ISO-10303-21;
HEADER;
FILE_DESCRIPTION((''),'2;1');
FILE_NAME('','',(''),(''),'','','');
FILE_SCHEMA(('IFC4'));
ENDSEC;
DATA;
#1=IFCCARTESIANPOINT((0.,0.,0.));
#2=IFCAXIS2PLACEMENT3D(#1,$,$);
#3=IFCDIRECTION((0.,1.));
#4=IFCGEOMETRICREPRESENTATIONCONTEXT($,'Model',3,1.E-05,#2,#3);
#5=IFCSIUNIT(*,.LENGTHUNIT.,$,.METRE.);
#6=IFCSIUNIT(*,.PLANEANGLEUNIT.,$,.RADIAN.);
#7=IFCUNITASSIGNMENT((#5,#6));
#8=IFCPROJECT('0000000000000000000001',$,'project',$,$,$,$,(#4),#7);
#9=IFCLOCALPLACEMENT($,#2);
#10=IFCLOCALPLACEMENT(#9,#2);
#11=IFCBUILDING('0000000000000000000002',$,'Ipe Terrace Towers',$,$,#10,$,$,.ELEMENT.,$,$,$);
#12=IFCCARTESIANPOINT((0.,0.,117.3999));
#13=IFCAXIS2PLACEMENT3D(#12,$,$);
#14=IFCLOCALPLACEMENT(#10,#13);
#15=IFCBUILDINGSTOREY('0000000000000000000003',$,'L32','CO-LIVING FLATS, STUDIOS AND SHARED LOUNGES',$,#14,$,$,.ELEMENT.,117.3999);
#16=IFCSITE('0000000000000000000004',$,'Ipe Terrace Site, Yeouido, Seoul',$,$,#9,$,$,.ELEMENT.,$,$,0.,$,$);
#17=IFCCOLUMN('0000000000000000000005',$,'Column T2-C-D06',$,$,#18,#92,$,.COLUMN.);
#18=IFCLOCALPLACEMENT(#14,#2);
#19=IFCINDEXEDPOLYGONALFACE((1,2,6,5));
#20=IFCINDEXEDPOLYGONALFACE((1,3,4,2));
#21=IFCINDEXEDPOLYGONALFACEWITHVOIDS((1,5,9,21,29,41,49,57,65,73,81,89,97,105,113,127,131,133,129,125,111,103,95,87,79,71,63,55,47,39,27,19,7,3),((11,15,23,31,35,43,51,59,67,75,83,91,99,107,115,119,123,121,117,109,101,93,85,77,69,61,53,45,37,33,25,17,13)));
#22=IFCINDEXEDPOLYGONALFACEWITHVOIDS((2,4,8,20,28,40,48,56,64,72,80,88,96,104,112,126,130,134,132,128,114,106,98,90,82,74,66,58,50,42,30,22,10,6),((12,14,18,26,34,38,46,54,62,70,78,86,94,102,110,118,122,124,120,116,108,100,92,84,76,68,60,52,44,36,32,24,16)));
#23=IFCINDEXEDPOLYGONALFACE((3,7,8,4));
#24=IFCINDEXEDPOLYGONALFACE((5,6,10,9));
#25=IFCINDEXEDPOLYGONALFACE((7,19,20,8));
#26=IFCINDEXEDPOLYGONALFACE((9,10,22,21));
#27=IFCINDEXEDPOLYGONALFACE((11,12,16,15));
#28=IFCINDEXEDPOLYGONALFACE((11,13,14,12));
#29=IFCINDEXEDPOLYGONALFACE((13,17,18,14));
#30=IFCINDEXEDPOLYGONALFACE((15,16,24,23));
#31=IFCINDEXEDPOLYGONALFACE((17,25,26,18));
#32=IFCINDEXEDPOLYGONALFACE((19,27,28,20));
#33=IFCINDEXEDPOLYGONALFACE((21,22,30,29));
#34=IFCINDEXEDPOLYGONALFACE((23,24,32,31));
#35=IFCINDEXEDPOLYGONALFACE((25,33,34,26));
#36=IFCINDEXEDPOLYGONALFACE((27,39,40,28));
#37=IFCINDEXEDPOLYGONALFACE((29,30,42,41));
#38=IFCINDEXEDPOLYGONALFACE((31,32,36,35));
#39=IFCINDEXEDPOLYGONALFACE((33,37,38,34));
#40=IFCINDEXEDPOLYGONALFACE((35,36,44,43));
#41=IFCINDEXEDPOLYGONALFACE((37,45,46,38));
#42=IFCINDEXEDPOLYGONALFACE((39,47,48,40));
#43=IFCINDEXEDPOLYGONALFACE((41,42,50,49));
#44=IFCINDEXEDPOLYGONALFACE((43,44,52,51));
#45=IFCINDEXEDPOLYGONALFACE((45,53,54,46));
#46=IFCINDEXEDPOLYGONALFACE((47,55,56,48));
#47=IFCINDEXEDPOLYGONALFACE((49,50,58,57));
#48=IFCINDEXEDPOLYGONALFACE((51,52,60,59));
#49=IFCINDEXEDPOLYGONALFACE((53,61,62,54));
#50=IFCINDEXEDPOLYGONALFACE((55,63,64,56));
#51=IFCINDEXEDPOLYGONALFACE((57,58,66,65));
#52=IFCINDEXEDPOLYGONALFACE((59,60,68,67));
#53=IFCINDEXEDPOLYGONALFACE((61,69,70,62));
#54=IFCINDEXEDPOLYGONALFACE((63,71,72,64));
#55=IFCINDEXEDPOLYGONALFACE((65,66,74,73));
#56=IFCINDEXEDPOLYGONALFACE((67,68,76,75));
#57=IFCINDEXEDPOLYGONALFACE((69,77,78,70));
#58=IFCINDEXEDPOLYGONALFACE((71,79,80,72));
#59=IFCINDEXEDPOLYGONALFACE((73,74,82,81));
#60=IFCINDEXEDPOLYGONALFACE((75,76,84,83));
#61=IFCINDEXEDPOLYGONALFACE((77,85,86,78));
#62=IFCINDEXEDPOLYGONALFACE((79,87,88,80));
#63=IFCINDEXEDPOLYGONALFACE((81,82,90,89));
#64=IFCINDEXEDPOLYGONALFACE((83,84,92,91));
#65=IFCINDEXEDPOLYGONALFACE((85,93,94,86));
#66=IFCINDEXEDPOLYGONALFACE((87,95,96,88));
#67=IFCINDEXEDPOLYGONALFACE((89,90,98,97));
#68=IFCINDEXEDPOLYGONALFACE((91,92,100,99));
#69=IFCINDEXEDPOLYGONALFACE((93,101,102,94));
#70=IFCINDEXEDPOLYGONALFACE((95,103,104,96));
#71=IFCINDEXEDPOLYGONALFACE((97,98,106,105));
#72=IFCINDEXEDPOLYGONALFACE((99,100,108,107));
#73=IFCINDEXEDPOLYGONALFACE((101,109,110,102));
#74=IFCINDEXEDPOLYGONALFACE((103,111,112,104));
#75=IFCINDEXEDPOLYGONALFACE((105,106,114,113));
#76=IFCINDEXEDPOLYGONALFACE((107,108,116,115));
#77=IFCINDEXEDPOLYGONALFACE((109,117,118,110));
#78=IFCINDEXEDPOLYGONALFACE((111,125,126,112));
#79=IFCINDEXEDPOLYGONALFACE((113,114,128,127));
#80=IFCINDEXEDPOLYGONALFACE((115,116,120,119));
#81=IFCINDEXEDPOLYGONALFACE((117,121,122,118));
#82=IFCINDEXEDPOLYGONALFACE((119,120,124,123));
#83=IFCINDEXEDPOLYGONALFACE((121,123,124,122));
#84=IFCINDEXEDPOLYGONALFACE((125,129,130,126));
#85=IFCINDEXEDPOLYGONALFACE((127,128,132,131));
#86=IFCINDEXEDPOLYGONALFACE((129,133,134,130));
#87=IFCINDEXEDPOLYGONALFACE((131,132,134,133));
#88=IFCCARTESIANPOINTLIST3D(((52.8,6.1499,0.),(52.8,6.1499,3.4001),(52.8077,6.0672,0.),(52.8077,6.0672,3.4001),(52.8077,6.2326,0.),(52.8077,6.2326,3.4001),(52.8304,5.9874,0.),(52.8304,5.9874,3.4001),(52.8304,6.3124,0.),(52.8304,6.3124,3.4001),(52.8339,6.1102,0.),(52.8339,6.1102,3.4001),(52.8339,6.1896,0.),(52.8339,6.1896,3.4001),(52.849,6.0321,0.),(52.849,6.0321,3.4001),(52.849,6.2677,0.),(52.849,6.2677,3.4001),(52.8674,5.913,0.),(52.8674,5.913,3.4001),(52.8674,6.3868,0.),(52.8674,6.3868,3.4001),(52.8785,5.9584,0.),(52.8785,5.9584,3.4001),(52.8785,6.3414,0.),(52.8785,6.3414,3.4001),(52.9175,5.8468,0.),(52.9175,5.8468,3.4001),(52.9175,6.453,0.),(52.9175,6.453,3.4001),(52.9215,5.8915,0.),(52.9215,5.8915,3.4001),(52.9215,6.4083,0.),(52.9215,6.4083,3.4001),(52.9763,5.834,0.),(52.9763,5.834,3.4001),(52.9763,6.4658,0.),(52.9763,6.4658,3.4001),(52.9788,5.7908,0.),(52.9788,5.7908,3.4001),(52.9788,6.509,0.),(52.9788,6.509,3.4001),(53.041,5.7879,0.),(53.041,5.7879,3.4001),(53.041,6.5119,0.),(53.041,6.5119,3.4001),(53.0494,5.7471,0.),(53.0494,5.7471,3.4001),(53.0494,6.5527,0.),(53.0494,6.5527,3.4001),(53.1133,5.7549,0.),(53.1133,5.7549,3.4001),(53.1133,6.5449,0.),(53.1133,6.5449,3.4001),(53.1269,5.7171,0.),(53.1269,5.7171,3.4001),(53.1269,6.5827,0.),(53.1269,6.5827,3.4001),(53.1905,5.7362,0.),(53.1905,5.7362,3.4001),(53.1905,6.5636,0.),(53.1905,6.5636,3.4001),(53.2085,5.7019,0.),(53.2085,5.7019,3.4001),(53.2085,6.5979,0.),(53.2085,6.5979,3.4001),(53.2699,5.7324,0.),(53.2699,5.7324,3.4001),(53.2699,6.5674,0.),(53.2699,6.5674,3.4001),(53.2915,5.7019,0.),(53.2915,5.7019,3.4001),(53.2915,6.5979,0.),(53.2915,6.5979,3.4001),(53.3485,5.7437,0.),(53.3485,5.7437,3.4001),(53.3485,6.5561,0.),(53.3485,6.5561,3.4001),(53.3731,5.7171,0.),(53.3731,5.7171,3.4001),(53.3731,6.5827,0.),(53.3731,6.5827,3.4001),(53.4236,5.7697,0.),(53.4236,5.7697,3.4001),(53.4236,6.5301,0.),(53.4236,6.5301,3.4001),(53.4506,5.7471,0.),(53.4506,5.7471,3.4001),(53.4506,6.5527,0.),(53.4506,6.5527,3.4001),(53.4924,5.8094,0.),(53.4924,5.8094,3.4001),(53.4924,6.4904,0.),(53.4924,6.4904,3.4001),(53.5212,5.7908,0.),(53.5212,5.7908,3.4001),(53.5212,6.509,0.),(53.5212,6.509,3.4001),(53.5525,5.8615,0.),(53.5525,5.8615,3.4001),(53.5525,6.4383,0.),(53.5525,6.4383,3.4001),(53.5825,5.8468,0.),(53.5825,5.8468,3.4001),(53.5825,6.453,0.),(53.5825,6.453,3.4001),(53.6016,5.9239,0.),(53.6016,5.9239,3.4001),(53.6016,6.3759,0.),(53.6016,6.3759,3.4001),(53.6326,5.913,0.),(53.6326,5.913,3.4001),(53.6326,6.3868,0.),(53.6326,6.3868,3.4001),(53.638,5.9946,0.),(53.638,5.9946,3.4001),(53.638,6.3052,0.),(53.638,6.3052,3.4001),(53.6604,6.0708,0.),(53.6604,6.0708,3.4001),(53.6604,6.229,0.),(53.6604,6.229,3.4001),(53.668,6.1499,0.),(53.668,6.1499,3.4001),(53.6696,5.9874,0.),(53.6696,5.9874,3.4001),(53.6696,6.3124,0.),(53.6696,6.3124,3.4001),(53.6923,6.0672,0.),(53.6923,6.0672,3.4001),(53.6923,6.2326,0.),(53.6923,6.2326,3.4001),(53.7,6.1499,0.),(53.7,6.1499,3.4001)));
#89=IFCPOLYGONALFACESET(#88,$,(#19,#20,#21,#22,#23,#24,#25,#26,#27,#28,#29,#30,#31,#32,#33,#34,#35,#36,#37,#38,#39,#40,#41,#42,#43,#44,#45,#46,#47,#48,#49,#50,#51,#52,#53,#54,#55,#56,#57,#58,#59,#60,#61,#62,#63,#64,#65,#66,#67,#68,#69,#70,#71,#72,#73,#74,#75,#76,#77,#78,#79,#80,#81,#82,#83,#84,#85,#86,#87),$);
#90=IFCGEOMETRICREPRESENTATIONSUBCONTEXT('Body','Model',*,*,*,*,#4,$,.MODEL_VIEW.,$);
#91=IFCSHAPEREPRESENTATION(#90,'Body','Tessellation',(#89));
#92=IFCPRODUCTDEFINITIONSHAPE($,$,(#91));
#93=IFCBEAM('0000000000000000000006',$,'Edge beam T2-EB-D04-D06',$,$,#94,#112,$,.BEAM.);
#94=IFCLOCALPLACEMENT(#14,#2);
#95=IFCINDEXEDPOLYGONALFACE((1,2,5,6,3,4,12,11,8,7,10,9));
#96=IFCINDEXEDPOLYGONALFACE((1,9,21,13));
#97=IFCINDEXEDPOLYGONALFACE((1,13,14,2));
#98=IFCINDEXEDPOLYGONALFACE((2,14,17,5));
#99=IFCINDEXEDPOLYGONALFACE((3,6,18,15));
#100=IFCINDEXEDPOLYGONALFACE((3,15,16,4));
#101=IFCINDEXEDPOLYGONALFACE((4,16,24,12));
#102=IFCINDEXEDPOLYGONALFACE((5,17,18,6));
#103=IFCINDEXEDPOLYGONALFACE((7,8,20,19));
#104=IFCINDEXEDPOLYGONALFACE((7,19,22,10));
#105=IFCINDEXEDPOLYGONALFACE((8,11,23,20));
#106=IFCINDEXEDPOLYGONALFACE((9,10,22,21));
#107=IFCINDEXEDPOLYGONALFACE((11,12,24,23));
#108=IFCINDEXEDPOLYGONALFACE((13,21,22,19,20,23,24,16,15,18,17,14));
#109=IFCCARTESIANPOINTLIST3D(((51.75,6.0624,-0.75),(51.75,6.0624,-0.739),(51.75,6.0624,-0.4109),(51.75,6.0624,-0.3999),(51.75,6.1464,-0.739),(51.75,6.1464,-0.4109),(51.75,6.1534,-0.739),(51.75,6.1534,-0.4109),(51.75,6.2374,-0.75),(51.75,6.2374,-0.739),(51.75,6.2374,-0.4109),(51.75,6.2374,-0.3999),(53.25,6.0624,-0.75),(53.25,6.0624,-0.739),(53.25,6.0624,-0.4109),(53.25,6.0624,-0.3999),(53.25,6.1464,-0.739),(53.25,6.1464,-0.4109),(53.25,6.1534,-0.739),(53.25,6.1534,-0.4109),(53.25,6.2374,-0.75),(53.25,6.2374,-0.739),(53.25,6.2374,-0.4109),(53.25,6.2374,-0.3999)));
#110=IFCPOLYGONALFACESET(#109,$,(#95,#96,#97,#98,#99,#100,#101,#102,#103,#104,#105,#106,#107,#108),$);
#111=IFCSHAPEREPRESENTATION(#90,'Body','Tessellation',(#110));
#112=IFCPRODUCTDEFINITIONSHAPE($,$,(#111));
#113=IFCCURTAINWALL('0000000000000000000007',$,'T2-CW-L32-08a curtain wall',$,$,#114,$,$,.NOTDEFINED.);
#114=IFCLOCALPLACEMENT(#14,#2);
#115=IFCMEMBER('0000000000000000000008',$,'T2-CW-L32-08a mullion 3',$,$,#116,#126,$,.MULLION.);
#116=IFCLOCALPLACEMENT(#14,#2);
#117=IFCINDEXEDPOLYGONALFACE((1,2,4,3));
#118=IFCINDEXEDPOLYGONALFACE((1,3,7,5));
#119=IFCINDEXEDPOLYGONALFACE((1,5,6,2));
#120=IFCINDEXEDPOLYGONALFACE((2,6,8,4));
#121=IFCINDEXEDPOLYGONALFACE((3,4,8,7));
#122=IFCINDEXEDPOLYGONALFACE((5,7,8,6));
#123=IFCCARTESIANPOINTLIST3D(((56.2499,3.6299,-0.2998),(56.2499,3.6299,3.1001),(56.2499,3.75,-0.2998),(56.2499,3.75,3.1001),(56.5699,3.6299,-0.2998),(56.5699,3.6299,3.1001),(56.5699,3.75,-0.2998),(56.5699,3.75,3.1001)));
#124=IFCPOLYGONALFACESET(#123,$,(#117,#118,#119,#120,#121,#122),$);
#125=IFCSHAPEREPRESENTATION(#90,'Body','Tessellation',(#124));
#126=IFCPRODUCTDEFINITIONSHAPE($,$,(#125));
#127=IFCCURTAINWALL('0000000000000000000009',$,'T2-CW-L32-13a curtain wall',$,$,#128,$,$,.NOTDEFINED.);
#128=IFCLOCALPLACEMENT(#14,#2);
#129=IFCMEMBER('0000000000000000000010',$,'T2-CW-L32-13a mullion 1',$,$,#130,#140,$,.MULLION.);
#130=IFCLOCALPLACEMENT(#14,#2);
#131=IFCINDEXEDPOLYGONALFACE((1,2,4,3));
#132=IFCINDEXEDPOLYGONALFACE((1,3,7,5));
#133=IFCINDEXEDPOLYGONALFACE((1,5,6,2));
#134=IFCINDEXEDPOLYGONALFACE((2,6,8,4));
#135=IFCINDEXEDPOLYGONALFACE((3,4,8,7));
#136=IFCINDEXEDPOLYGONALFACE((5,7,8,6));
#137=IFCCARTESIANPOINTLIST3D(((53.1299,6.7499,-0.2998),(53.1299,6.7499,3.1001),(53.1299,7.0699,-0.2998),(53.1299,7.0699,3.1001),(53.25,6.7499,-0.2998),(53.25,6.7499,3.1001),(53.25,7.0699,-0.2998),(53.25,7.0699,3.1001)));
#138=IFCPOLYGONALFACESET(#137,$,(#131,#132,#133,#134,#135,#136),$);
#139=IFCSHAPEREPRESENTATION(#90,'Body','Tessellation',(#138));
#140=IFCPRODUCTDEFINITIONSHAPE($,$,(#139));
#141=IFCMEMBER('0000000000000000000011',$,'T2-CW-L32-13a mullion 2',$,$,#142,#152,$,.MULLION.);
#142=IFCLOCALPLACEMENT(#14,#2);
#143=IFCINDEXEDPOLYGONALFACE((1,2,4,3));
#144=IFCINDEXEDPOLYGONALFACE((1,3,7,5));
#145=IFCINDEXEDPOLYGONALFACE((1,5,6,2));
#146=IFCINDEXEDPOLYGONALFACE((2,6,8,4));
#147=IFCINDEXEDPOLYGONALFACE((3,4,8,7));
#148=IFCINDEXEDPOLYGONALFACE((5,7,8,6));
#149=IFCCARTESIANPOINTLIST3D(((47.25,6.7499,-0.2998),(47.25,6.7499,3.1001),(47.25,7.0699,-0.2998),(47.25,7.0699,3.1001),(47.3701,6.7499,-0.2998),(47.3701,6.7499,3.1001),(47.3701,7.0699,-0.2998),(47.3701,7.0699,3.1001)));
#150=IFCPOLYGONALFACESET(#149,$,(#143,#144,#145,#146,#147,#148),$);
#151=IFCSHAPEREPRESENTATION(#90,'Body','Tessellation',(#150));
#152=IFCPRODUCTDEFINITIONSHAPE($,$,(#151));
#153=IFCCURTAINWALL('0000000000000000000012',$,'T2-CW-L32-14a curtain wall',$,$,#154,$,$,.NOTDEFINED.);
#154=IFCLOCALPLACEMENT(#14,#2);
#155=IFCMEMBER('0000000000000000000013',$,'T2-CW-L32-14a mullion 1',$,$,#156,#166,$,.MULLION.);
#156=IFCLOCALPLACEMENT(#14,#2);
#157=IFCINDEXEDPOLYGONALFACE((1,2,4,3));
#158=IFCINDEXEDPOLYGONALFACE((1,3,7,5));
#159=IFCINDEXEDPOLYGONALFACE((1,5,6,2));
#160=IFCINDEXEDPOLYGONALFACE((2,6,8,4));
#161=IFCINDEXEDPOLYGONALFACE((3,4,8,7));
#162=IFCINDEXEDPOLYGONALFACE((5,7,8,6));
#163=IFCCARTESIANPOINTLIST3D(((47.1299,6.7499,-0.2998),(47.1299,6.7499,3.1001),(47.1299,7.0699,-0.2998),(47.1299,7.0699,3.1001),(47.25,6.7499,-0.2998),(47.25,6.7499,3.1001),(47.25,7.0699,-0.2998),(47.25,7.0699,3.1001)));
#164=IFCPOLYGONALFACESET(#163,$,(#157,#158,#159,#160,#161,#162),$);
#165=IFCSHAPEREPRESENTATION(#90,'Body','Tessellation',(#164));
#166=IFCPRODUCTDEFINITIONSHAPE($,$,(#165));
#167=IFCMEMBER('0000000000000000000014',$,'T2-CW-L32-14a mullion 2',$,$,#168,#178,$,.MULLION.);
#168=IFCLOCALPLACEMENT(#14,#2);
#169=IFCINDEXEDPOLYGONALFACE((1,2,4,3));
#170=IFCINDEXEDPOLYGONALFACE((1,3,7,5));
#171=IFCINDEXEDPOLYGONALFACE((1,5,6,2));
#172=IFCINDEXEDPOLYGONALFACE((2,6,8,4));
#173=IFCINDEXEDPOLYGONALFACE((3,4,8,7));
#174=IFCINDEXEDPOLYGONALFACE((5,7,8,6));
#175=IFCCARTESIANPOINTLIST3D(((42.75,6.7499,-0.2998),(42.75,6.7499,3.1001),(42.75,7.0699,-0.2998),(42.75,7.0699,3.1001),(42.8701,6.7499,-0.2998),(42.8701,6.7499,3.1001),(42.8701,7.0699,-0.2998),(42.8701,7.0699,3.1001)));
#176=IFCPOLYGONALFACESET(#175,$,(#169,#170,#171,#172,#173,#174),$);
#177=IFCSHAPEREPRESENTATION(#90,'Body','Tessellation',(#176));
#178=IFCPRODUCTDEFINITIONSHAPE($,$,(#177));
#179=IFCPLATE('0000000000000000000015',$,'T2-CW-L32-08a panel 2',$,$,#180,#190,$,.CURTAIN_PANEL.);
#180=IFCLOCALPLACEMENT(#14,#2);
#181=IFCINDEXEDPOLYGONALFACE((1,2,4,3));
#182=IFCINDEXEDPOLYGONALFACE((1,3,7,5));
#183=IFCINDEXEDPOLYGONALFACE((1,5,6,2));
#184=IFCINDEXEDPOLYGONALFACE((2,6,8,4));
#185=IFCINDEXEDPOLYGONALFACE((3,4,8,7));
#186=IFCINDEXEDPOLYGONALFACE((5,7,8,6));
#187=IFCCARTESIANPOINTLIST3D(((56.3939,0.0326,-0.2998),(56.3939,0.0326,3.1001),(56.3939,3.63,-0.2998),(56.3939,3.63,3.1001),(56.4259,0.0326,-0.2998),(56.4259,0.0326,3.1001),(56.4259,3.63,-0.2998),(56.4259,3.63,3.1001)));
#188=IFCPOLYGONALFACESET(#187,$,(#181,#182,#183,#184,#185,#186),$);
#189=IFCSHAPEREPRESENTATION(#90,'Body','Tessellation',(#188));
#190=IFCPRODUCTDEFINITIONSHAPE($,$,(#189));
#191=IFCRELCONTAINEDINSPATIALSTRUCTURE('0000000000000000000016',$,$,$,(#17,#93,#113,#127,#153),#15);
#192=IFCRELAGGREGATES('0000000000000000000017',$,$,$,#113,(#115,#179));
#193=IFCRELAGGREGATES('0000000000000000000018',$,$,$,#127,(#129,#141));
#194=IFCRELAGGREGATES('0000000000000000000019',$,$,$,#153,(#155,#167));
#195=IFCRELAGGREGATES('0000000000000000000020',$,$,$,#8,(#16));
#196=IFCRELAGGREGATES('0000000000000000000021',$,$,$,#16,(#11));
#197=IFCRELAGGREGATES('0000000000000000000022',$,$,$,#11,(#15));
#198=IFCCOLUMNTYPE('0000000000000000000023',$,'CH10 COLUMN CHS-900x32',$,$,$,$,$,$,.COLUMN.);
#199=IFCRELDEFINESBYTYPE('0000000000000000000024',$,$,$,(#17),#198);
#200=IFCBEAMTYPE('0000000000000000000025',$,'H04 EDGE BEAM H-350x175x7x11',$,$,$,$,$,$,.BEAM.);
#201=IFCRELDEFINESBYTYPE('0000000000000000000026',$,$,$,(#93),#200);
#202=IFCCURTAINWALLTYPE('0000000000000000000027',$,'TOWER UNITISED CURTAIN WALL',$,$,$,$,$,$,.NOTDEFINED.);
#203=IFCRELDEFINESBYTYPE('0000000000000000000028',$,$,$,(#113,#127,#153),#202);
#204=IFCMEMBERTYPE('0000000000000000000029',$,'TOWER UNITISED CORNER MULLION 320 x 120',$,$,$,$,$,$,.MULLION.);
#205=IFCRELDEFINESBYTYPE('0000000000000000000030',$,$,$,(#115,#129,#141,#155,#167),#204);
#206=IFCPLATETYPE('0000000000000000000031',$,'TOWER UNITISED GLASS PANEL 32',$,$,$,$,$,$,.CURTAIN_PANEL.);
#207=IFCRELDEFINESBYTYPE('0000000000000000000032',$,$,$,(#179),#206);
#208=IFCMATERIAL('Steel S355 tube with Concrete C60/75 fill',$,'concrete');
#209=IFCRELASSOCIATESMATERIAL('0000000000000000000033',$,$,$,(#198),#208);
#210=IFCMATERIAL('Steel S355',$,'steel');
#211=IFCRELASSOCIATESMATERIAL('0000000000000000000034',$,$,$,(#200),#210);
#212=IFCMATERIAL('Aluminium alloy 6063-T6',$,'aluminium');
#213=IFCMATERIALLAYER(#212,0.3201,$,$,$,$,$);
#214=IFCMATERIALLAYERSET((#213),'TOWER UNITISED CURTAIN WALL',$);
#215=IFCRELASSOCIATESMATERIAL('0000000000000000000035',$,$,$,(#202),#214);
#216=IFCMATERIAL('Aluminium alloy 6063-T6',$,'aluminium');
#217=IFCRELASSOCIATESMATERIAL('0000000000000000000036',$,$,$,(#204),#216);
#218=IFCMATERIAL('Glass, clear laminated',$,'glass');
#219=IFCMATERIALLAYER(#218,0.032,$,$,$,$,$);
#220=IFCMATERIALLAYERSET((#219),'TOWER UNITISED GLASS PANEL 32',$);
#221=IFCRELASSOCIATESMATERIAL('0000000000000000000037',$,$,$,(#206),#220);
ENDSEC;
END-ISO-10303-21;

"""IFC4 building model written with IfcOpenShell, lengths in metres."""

from ifc_helpers import new_model, si_unit, direction, frame, origin, origin_2d, place, context, subcontext, project, spatial, rectangle, hollow_circle, i_section, extrude, material, layer, layer_set, material_profile, profile_set, type_object, element, aggregate, save


model = new_model("IFC4")

# Units and contexts
model_context = context("Model", 3, precision=1e-05, world=origin(), true_north=direction((0.0, 1.0)))
body_context = subcontext(model_context, "Body", "Model", "MODEL_VIEW")
ifc_project = project(units=[si_unit("LENGTHUNIT", "METRE"), si_unit("PLANEANGLEUNIT", "RADIAN")], contexts=[model_context])

# Site, building, storey
site_placement = place(None, origin())
site = spatial("IfcSite", under=ifc_project, at=site_placement, Name="Ipe Terrace Site, Yeouido, Seoul", CompositionType="ELEMENT", RefElevation=0.0)
building_placement = place(site_placement, origin())
building = spatial("IfcBuilding", under=site, at=building_placement, Name="Ipe Terrace Towers", CompositionType="ELEMENT")
storey_placement = place(building_placement, frame((0.0, 0.0, 117.3999)))
storey = spatial("IfcBuildingStorey", under=building, at=storey_placement, Name="L32", Description="CO-LIVING FLATS, STUDIOS AND SHARED LOUNGES", CompositionType="ELEMENT", Elevation=117.3999)

# Column
ifc_material_1 = material(Name="Steel S355 tube with Concrete C60/75 fill", Category="concrete")
ifc_material_profile_1 = material_profile(ifc_material_1, hollow_circle(Radius=0.45, WallThickness=0.032, at=origin_2d()), Name="CHS-900x32")
ifc_profile_set_1 = profile_set([ifc_material_profile_1], Name="Steel S355 tube with Concrete C60/75 fill")
column_type_1 = type_object("IfcColumnType", Name="CH10 COLUMN CHS-900x32", PredefinedType="COLUMN", material=ifc_profile_set_1)
for number, where, z_axis, x_axis, name in (
    (1, (53.25, 6.1499, 0.0), (0.0, 0.0, 1.0), (1.0, 0.0, 0.0), "Column T2-C-D06"),
):
    element("IfcColumn", number, at=place(storey_placement, frame(where, z_axis=z_axis, x_axis=x_axis)), inside=storey, type_object=column_type_1, Name=name, PredefinedType="COLUMN", context=body_context, shape_type="SweptSolid", body=[
        extrude(hollow_circle(Radius=0.45, WallThickness=0.032, at=origin_2d()), origin(), (0.0, 0.0, 1.0), 3.4001),
    ])

# Beam
ifc_material_2 = material(Name="Steel S355", Category="steel")
ifc_material_profile_2 = material_profile(ifc_material_2, i_section(OverallWidth=0.175, OverallDepth=0.3501, WebThickness=0.0071, FlangeThickness=0.011, at=origin_2d()), Name="H-350x175x7x11")
ifc_profile_set_2 = profile_set([ifc_material_profile_2], Name="Steel S355")
beam_type = type_object("IfcBeamType", Name="H04 EDGE BEAM H-350x175x7x11", PredefinedType="BEAM", material=ifc_profile_set_2)
beam_placement = place(storey_placement, frame((51.75, 6.1499, -0.575), z_axis=(1.0, 0.0, 0.0), x_axis=(0.0, 1.0, 0.0)))
element("IfcBeam", 2, at=beam_placement, inside=storey, type_object=beam_type, Name="Edge beam T2-EB-D04-D06", PredefinedType="BEAM", context=body_context, shape_type="SweptSolid", body=[
    extrude(i_section(OverallWidth=0.175, OverallDepth=0.3501, WebThickness=0.0071, FlangeThickness=0.011, at=origin_2d()), origin(), (0.0, 0.0, 1.0), 1.5),
])

# Curtain wall, member
ifc_material_3 = material(Name="Aluminium alloy 6063-T6", Category="aluminium")
ifc_layer_1 = layer(ifc_material_3, 0.3201)
ifc_layer_set_1 = layer_set([ifc_layer_1], Name="TOWER UNITISED CURTAIN WALL")
curtain_wall_type = type_object("IfcCurtainWallType", Name="TOWER UNITISED CURTAIN WALL", PredefinedType="NOTDEFINED", material=ifc_layer_set_1)
curtain_wall_1_placement = place(storey_placement, origin())
curtain_wall_1 = element("IfcCurtainWall", 3, at=curtain_wall_1_placement, inside=storey, type_object=curtain_wall_type, Name="T2-CW-L32-08a curtain wall", PredefinedType="NOTDEFINED")
ifc_material_4 = material(Name="Aluminium alloy 6063-T6", Category="aluminium")
ifc_material_profile_3 = material_profile(ifc_material_4, rectangle(XDim=0.3201, YDim=0.1201, at=origin_2d()), Name="TOWER UNITISED CORNER MULLION 320 x 120")
ifc_profile_set_3 = profile_set([ifc_material_profile_3], Name="Aluminium alloy 6063-T6")
member_type = type_object("IfcMemberType", Name="TOWER UNITISED CORNER MULLION 320 x 120", PredefinedType="MULLION", material=ifc_profile_set_3)
member_1_placement = place(storey_placement, frame((56.4099, 3.6899, -0.2998), z_axis=(0.0, 0.0, 1.0), x_axis=(1.0, 0.0, 0.0)))
member_1 = element("IfcMember", 4, at=member_1_placement, type_object=member_type, Name="T2-CW-L32-08a mullion 3", PredefinedType="MULLION", context=body_context, shape_type="SweptSolid", body=[
    extrude(rectangle(XDim=0.3201, YDim=0.1201, at=origin_2d()), origin(), (0.0, 0.0, 1.0), 3.3999),
])

# Curtain walls, members
curtain_wall_2_placement = place(storey_placement, origin())
curtain_wall_2 = element("IfcCurtainWall", 5, at=curtain_wall_2_placement, inside=storey, type_object=curtain_wall_type, Name="T2-CW-L32-13a curtain wall", PredefinedType="NOTDEFINED")
member_2_placement = place(storey_placement, frame((53.1899, 6.9099, -0.2998), z_axis=(0.0, 0.0, 1.0), x_axis=(0.0, 1.0, 0.0)))
member_2 = element("IfcMember", 6, at=member_2_placement, type_object=member_type, Name="T2-CW-L32-13a mullion 1", PredefinedType="MULLION", context=body_context, shape_type="SweptSolid", body=[
    extrude(rectangle(XDim=0.3201, YDim=0.1201, at=origin_2d()), origin(), (0.0, 0.0, 1.0), 3.3999),
])
member_3_placement = place(storey_placement, frame((47.3101, 6.9099, -0.2998), z_axis=(0.0, 0.0, 1.0), x_axis=(0.0, 1.0, 0.0)))
member_3 = element("IfcMember", 7, at=member_3_placement, type_object=member_type, Name="T2-CW-L32-13a mullion 2", PredefinedType="MULLION", context=body_context, shape_type="SweptSolid", body=[
    extrude(rectangle(XDim=0.3201, YDim=0.1201, at=origin_2d()), origin(), (0.0, 0.0, 1.0), 3.3999),
])
curtain_wall_3_placement = place(storey_placement, origin())
curtain_wall_3 = element("IfcCurtainWall", 8, at=curtain_wall_3_placement, inside=storey, type_object=curtain_wall_type, Name="T2-CW-L32-14a curtain wall", PredefinedType="NOTDEFINED")
member_4_placement = place(storey_placement, frame((47.1899, 6.9099, -0.2998), z_axis=(0.0, 0.0, 1.0), x_axis=(0.0, 1.0, 0.0)))
member_4 = element("IfcMember", 9, at=member_4_placement, type_object=member_type, Name="T2-CW-L32-14a mullion 1", PredefinedType="MULLION", context=body_context, shape_type="SweptSolid", body=[
    extrude(rectangle(XDim=0.3201, YDim=0.1201, at=origin_2d()), origin(), (0.0, 0.0, 1.0), 3.3999),
])
member_5_placement = place(storey_placement, frame((42.8101, 6.9099, -0.2998), z_axis=(0.0, 0.0, 1.0), x_axis=(0.0, 1.0, 0.0)))
member_5 = element("IfcMember", 10, at=member_5_placement, type_object=member_type, Name="T2-CW-L32-14a mullion 2", PredefinedType="MULLION", context=body_context, shape_type="SweptSolid", body=[
    extrude(rectangle(XDim=0.3201, YDim=0.1201, at=origin_2d()), origin(), (0.0, 0.0, 1.0), 3.3999),
])

# Plate
ifc_material_5 = material(Name="Glass, clear laminated", Category="glass")
ifc_layer_2 = layer(ifc_material_5, 0.032)
ifc_layer_set_2 = layer_set([ifc_layer_2], Name="TOWER UNITISED GLASS PANEL 32")
plate_type = type_object("IfcPlateType", Name="TOWER UNITISED GLASS PANEL 32", PredefinedType="CURTAIN_PANEL", material=ifc_layer_set_2)
plate_1_placement = place(storey_placement, frame((56.4099, 1.8313, -0.2998), z_axis=(0.0, 0.0, 1.0), x_axis=(0.0, 1.0, 0.0)))
plate_1 = element("IfcPlate", 11, at=plate_1_placement, type_object=plate_type, Name="T2-CW-L32-08a panel 2", PredefinedType="CURTAIN_PANEL", context=body_context, shape_type="SweptSolid", body=[
    extrude(rectangle(XDim=3.5974, YDim=0.032, at=origin_2d()), origin(), (0.0, 0.0, 1.0), 3.3999),
])
aggregate(curtain_wall_1, [member_1, plate_1])
aggregate(curtain_wall_2, [member_2, member_3])
aggregate(curtain_wall_3, [member_4, member_5])

save(model, "model.ifc")
